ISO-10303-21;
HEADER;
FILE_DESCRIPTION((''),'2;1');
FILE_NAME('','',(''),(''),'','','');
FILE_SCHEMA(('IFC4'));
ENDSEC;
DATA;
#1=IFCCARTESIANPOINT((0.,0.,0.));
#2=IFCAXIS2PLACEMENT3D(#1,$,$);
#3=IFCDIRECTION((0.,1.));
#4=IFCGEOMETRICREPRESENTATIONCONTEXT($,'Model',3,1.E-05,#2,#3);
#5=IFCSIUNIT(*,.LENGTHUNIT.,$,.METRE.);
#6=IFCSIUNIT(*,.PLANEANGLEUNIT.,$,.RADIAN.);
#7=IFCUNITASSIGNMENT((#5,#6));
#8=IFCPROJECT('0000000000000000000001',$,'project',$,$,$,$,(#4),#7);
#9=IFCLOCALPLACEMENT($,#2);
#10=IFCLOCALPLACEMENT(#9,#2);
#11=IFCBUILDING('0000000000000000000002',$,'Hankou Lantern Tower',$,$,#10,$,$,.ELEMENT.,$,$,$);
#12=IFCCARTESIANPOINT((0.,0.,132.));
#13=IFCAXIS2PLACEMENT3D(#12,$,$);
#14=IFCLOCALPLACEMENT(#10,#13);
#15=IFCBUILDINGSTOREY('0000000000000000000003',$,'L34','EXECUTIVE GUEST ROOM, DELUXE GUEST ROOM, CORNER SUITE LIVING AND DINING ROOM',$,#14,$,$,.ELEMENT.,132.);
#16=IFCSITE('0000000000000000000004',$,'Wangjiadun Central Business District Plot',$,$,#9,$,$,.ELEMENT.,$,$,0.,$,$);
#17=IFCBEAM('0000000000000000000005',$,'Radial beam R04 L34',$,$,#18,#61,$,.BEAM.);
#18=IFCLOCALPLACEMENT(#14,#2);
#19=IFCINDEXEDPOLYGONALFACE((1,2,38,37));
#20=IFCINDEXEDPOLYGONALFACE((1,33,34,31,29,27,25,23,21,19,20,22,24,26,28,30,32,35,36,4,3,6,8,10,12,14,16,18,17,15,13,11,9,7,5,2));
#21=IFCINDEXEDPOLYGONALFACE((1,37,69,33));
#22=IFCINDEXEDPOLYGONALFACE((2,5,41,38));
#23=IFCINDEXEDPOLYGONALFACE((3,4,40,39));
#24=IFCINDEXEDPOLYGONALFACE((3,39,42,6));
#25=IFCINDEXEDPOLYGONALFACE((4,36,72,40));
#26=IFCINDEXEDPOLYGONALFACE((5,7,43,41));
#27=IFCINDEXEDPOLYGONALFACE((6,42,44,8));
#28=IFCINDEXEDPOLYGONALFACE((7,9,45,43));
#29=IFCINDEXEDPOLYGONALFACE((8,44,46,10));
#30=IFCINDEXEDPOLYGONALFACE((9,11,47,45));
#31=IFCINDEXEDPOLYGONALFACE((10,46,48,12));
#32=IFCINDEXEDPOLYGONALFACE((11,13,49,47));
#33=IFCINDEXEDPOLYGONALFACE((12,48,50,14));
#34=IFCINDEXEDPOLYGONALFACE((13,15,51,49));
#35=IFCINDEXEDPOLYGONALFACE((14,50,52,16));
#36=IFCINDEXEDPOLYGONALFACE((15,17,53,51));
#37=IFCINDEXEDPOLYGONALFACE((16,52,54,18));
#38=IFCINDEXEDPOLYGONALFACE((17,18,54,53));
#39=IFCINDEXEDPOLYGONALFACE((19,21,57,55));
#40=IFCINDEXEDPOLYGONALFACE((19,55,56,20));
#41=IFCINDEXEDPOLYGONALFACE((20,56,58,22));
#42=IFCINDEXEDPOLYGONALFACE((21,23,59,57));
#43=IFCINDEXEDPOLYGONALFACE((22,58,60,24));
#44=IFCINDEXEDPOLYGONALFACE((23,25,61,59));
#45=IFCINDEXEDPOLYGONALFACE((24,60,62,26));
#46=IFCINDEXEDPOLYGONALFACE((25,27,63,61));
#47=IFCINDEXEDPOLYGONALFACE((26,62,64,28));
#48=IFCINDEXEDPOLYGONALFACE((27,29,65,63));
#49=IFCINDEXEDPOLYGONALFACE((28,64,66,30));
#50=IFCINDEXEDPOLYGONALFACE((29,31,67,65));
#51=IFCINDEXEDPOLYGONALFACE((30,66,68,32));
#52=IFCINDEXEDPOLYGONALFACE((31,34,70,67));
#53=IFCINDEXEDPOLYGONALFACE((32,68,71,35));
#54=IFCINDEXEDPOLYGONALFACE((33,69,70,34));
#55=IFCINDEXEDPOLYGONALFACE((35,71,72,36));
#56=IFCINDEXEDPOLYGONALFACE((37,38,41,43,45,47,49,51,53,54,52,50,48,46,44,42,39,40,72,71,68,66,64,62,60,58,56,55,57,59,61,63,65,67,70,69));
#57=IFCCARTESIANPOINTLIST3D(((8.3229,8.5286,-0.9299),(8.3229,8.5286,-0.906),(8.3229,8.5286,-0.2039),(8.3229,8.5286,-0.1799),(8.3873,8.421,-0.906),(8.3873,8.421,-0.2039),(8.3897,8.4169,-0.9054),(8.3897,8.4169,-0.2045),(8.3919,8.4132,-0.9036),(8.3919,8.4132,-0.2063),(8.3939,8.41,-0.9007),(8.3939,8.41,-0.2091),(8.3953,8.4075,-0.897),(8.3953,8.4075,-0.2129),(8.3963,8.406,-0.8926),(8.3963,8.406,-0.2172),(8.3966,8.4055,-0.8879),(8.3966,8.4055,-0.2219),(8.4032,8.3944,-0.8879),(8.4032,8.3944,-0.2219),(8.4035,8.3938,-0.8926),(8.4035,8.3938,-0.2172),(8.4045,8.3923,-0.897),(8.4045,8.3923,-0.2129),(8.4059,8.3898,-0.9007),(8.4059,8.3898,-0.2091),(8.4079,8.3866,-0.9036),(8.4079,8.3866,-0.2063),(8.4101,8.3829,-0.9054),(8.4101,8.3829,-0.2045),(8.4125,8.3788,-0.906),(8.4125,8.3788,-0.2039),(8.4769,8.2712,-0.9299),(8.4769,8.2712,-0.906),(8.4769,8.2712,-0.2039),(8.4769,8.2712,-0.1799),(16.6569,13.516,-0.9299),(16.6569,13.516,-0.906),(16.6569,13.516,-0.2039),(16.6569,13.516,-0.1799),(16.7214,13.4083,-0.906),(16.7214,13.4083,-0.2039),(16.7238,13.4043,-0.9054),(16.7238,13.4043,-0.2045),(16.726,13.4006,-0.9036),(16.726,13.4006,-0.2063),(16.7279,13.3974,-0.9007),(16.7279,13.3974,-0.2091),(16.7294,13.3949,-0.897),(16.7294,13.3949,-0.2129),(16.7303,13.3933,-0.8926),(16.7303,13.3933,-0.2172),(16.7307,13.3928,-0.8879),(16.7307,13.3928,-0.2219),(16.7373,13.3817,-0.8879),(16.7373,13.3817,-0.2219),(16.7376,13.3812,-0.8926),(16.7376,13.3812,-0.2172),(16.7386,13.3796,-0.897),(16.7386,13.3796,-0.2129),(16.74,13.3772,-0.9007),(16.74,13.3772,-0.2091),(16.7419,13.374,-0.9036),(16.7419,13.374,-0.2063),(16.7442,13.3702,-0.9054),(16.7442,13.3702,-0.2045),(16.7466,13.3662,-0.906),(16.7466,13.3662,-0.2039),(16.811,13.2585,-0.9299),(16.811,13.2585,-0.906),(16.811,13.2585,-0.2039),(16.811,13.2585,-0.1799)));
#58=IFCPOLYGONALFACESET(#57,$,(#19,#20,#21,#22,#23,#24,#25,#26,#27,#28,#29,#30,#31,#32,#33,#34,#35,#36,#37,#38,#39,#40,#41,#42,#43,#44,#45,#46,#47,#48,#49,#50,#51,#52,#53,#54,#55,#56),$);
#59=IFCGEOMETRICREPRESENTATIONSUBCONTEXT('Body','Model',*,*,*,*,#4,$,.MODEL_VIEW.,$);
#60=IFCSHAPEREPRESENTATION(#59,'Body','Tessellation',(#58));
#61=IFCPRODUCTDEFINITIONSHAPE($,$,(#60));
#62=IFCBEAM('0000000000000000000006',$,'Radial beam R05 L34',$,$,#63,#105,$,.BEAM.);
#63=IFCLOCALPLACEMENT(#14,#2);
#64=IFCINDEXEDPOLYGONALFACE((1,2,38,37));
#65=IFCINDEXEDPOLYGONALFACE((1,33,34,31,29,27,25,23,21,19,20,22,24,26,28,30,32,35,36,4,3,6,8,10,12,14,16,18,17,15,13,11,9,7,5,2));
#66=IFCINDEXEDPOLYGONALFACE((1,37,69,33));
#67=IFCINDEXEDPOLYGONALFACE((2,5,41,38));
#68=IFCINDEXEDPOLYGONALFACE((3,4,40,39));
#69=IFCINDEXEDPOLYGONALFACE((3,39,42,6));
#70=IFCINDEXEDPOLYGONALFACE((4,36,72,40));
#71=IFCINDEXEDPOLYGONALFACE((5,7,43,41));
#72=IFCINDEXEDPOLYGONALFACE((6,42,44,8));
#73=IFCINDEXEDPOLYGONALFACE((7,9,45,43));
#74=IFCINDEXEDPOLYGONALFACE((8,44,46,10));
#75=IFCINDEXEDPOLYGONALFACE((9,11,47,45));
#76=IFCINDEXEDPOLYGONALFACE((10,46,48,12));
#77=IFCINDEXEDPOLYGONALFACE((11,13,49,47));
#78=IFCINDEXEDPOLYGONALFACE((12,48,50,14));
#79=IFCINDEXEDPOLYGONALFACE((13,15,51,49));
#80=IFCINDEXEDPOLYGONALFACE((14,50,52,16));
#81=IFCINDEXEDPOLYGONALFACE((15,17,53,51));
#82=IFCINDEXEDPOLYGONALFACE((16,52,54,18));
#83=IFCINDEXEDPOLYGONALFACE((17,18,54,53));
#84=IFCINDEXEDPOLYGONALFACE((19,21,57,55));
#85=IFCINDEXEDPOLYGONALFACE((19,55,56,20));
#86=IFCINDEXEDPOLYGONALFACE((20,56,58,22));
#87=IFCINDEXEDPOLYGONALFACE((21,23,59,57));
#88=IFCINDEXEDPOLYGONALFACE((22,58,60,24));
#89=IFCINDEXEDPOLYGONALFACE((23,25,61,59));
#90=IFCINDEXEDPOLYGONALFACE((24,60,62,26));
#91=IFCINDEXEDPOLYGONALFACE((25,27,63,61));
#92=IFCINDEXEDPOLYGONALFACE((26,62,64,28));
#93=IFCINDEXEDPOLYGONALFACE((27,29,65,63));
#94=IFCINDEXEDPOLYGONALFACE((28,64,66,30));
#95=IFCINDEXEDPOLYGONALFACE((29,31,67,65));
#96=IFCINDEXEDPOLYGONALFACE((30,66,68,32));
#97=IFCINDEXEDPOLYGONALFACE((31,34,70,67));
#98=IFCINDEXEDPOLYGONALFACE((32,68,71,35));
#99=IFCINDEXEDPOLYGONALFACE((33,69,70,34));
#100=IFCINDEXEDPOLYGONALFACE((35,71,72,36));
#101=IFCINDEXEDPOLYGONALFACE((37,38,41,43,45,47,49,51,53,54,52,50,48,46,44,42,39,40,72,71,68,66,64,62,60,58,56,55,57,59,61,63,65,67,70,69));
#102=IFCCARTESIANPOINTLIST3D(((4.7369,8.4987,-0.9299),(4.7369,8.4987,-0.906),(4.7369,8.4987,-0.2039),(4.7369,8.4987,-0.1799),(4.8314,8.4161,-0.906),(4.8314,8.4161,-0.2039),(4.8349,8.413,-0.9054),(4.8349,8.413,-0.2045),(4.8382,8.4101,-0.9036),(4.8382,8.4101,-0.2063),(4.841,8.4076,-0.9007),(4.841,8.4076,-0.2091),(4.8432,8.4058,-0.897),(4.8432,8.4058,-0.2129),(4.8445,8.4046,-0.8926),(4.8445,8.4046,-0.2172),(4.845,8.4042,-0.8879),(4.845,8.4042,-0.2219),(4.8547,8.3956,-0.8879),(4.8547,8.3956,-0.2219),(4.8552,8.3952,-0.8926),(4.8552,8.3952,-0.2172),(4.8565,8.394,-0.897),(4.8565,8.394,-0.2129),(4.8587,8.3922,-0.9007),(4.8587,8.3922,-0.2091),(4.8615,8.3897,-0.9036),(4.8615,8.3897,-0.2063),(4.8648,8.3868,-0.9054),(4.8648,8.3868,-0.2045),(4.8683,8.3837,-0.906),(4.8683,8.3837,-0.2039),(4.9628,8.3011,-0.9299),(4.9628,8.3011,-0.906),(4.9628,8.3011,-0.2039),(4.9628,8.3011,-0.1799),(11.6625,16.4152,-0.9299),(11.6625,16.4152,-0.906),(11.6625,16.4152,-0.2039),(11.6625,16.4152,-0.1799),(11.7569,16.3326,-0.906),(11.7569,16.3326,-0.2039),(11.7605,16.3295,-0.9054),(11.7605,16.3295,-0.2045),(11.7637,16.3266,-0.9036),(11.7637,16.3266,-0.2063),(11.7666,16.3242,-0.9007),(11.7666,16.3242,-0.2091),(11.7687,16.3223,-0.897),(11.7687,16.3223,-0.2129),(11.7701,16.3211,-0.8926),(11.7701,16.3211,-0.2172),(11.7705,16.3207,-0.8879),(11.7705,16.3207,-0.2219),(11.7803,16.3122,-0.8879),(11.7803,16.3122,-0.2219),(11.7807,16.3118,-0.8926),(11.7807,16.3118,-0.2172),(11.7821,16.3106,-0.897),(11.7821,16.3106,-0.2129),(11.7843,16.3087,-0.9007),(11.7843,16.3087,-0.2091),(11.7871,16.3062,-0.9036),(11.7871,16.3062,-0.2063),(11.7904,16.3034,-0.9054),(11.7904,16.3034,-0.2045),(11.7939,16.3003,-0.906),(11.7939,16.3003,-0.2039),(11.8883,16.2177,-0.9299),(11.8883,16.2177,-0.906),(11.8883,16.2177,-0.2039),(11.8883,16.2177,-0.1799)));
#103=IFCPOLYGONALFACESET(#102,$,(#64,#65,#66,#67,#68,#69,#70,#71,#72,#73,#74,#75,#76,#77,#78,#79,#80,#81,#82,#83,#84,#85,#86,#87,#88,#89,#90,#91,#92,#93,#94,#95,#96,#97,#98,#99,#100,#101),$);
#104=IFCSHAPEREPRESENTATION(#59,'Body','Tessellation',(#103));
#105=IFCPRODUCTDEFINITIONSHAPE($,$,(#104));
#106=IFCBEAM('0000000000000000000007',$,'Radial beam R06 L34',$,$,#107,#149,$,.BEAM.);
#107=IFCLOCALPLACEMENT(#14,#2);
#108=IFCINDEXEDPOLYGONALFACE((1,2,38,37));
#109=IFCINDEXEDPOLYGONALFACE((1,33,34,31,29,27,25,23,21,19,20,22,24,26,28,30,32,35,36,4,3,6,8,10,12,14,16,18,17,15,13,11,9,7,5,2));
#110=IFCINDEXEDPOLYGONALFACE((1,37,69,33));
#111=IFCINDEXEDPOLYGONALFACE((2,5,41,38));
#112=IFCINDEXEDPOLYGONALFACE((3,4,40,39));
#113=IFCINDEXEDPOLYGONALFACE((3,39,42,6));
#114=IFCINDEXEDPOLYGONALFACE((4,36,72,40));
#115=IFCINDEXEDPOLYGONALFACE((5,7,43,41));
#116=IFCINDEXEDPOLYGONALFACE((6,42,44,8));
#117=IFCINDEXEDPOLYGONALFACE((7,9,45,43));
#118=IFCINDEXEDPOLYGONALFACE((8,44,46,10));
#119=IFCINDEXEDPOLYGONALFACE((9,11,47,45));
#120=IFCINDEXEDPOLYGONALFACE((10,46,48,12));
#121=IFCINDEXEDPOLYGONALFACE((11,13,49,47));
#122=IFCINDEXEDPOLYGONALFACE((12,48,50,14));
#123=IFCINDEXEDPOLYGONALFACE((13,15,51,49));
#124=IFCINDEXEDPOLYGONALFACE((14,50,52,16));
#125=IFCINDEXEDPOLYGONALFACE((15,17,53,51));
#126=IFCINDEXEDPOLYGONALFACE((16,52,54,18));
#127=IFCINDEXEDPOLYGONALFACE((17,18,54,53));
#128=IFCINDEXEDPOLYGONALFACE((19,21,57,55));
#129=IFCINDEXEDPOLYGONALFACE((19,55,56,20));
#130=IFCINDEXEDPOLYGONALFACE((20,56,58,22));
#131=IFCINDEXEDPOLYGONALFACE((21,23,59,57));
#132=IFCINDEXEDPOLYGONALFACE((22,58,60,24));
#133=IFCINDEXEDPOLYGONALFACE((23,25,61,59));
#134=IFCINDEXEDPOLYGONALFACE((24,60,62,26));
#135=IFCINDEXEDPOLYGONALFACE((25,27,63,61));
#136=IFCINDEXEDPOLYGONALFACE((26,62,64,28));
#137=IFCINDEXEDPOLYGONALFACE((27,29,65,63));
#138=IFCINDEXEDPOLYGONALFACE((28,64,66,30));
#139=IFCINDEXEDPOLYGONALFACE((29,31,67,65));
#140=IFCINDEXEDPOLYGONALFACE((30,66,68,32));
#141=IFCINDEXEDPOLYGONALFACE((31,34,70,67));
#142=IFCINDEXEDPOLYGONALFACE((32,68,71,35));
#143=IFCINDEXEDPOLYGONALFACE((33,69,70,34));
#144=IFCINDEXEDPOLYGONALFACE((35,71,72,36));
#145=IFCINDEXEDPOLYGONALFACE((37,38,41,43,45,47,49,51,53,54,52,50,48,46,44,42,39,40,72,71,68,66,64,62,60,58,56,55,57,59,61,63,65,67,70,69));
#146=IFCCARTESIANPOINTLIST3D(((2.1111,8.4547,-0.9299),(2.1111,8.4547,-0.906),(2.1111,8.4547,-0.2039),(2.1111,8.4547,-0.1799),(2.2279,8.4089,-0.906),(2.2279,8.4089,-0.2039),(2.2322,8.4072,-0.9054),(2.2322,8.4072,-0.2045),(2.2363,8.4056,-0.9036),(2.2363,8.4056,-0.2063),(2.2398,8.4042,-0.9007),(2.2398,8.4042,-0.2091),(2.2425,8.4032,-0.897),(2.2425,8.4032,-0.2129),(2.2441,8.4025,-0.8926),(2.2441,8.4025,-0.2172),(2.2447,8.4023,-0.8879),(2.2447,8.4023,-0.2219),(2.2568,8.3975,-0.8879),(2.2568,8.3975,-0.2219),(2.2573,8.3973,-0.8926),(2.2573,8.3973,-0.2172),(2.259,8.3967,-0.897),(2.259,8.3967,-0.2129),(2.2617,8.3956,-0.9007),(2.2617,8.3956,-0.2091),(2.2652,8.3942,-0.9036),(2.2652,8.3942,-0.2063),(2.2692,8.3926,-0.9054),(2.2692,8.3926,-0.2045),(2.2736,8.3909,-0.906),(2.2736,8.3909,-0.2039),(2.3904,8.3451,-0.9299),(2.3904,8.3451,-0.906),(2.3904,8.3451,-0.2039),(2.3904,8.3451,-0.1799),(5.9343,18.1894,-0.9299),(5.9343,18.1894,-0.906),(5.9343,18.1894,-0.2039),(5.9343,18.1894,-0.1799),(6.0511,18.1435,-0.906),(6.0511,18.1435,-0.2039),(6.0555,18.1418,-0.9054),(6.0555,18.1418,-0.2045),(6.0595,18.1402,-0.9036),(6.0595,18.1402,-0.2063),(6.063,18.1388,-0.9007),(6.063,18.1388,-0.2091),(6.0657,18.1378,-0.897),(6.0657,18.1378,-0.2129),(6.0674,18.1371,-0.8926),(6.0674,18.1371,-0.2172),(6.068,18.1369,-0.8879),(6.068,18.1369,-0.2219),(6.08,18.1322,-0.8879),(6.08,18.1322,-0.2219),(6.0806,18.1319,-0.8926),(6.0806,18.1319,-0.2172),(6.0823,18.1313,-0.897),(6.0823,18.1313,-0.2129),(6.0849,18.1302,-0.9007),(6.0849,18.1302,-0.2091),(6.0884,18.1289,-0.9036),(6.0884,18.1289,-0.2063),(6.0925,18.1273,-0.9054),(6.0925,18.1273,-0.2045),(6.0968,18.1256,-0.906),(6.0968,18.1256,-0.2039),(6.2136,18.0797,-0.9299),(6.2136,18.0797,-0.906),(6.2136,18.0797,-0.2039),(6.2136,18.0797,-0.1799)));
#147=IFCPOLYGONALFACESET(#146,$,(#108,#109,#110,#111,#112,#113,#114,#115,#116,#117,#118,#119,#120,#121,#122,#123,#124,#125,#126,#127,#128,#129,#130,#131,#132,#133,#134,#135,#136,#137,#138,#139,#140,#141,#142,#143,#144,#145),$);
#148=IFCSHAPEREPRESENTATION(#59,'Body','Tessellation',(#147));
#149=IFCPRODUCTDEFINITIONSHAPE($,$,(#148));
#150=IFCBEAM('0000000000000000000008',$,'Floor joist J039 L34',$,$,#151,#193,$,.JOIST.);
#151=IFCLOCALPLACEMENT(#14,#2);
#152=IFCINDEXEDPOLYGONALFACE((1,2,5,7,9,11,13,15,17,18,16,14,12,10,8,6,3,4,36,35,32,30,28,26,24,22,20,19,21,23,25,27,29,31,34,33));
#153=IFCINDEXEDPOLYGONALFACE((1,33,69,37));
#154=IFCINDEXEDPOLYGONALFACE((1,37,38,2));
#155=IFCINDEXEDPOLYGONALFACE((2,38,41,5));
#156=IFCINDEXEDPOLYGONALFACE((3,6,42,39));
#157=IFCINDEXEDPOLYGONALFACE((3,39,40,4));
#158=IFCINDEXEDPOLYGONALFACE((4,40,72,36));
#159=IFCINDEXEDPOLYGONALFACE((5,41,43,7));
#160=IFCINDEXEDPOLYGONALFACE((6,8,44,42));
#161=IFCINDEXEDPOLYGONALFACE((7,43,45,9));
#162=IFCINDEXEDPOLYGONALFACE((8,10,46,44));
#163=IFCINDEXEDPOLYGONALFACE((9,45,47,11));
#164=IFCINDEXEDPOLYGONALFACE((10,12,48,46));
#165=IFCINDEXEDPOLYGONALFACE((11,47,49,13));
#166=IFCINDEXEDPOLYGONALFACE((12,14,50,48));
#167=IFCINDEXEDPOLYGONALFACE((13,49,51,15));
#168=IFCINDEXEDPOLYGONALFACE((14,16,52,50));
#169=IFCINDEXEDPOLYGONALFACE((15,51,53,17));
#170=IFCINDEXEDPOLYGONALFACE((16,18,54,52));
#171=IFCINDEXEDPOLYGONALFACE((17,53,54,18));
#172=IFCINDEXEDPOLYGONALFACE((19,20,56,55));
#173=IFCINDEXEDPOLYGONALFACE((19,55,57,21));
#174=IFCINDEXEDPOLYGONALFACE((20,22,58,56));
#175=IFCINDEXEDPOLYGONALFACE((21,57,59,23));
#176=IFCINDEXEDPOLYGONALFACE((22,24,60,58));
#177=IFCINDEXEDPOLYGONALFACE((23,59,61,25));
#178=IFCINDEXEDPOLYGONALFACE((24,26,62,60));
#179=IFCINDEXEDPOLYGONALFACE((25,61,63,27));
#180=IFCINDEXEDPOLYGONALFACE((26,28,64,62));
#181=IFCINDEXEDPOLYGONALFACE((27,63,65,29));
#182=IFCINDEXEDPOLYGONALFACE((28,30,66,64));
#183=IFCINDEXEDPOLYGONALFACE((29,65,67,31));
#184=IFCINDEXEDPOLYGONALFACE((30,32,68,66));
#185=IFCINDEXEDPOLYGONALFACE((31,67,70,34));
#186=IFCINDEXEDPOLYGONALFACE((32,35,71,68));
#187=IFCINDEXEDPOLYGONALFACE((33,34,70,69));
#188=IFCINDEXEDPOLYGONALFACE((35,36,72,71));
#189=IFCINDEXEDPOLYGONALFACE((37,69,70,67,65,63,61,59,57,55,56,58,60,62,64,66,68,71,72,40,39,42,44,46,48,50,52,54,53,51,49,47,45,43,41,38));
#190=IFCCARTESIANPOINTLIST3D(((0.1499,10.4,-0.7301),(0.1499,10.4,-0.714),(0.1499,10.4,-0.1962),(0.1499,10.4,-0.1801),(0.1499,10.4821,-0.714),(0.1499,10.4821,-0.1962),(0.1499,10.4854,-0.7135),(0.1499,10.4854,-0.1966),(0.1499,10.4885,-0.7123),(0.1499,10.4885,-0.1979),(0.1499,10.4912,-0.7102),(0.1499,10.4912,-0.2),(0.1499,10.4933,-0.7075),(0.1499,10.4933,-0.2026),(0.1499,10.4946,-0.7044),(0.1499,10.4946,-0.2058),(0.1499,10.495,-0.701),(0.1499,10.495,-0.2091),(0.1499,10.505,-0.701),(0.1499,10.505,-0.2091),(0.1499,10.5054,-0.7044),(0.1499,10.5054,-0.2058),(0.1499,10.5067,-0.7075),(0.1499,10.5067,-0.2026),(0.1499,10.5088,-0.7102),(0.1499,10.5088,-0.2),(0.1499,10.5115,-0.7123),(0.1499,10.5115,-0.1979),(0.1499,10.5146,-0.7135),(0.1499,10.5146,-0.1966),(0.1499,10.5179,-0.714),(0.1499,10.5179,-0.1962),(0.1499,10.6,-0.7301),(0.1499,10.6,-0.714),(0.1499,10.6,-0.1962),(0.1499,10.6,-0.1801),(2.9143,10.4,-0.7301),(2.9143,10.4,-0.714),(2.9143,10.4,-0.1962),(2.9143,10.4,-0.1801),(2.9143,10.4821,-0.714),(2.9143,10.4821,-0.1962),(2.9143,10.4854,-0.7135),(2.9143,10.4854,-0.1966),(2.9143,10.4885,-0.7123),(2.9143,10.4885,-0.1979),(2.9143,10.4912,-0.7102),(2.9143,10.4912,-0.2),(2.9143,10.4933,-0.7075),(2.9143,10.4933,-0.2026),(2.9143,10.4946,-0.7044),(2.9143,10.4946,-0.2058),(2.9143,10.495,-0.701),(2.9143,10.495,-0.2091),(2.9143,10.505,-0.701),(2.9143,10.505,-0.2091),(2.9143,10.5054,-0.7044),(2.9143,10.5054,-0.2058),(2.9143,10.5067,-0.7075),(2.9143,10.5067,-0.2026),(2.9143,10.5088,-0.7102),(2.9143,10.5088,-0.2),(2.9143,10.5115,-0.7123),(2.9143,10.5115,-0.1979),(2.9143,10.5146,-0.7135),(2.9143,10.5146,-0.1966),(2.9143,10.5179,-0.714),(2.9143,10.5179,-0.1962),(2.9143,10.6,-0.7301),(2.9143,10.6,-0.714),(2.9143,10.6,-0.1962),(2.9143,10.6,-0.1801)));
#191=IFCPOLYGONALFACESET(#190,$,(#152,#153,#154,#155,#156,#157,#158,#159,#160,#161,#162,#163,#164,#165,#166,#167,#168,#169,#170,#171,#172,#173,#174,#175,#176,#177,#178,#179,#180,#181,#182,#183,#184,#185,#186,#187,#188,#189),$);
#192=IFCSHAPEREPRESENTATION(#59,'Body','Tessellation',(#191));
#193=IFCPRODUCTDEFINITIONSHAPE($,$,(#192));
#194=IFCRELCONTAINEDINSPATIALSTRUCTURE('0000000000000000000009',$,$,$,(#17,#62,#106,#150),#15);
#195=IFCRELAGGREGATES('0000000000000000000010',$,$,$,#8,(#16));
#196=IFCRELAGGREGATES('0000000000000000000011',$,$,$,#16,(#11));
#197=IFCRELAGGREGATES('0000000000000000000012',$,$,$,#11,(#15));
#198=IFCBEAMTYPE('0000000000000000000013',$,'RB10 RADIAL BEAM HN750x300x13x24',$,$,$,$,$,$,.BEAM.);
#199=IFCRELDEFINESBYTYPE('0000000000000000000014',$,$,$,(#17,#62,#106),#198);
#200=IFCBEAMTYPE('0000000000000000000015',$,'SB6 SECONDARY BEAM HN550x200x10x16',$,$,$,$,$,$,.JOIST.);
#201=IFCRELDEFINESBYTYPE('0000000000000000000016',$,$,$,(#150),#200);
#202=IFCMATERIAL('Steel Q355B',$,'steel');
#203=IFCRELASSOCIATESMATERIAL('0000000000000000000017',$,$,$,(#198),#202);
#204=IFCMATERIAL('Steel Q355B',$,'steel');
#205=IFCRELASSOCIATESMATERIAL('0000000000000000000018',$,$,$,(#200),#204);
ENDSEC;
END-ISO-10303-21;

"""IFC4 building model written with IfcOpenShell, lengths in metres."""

from ifc_helpers import new_model, si_unit, direction, frame, origin, origin_2d, place, context, subcontext, project, spatial, i_section, extrude, material, material_profile, profile_set, type_object, element, save


model = new_model("IFC4")

# Units and contexts
model_context = context("Model", 3, precision=1e-05, world=origin(), true_north=direction((0.0, 1.0)))
body_context = subcontext(model_context, "Body", "Model", "MODEL_VIEW")
ifc_project = project(units=[si_unit("LENGTHUNIT", "METRE"), si_unit("PLANEANGLEUNIT", "RADIAN")], contexts=[model_context])

# Site, building, storey
site_placement = place(None, origin())
site = spatial("IfcSite", under=ifc_project, at=site_placement, Name="Wangjiadun Central Business District Plot", CompositionType="ELEMENT", RefElevation=0.0)
building_placement = place(site_placement, origin())
building = spatial("IfcBuilding", under=site, at=building_placement, Name="Hankou Lantern Tower", CompositionType="ELEMENT")
storey_placement = place(building_placement, frame((0.0, 0.0, 132.0)))
storey = spatial("IfcBuildingStorey", under=building, at=storey_placement, Name="L34", Description="EXECUTIVE GUEST ROOM, DELUXE GUEST ROOM, CORNER SUITE LIVING AND DINING ROOM", CompositionType="ELEMENT", Elevation=132.0)

# Beams
ifc_material_1 = material(Name="Steel Q355B", Category="steel")
ifc_material_profile_1 = material_profile(ifc_material_1, i_section(OverallWidth=0.3, OverallDepth=0.75, WebThickness=0.0129, FlangeThickness=0.0239, FilletRadius=0.0181, at=origin_2d()), Name="HN750x300x13x24")
ifc_profile_set_1 = profile_set([ifc_material_profile_1], Name="Steel Q355B")
beam_type_1 = type_object("IfcBeamType", Name="RB10 RADIAL BEAM HN750x300x13x24", PredefinedType="BEAM", material=ifc_profile_set_1)
beam_1_placement = place(storey_placement, frame((8.3999, 8.3999, -0.5549), z_axis=(0.858087, 0.513505, 0.0), x_axis=(-0.513505, 0.858087, 0.0)))
element("IfcBeam", 1, at=beam_1_placement, inside=storey, type_object=beam_type_1, Name="Radial beam R04 L34", PredefinedType="BEAM", context=body_context, shape_type="SweptSolid", body=[
    extrude(i_section(OverallWidth=0.3, OverallDepth=0.75, WebThickness=0.0129, FlangeThickness=0.0239, FilletRadius=0.0181, at=origin_2d()), origin(), (0.0, 0.0, 1.0), 9.7124),
])
beam_2_placement = place(storey_placement, frame((4.8499, 8.3999, -0.5549), z_axis=(0.658429, 0.752643, 0.0), x_axis=(-0.752643, 0.658429, 0.0)))
element("IfcBeam", 2, at=beam_2_placement, inside=storey, type_object=beam_type_1, Name="Radial beam R05 L34", PredefinedType="BEAM", context=body_context, shape_type="SweptSolid", body=[
    extrude(i_section(OverallWidth=0.3, OverallDepth=0.75, WebThickness=0.0129, FlangeThickness=0.0239, FilletRadius=0.0181, at=origin_2d()), origin(), (0.0, 0.0, 1.0), 10.5183),
])
beam_3_placement = place(storey_placement, frame((2.2507, 8.3999, -0.5549), z_axis=(0.365564, 0.930786, 0.0), x_axis=(-0.930786, 0.365564, 0.0)))
element("IfcBeam", 3, at=beam_3_placement, inside=storey, type_object=beam_type_1, Name="Radial beam R06 L34", PredefinedType="BEAM", context=body_context, shape_type="SweptSolid", body=[
    extrude(i_section(OverallWidth=0.3, OverallDepth=0.75, WebThickness=0.0129, FlangeThickness=0.0239, FilletRadius=0.0181, at=origin_2d()), origin(), (0.0, 0.0, 1.0), 10.4585),
])
ifc_material_2 = material(Name="Steel Q355B", Category="steel")
ifc_material_profile_2 = material_profile(ifc_material_2, i_section(OverallWidth=0.2, OverallDepth=0.55, WebThickness=0.01, FlangeThickness=0.0161, FilletRadius=0.0129, at=origin_2d()), Name="HN550x200x10x16")
ifc_profile_set_2 = profile_set([ifc_material_profile_2], Name="Steel Q355B")
beam_type_2 = type_object("IfcBeamType", Name="SB6 SECONDARY BEAM HN550x200x10x16", PredefinedType="JOIST", material=ifc_profile_set_2)
beam_4_placement = place(storey_placement, frame((0.1499, 10.5, -0.4551), z_axis=(1.0, 0.0, 0.0), x_axis=(0.0, 1.0, 0.0)))
element("IfcBeam", 4, at=beam_4_placement, inside=storey, type_object=beam_type_2, Name="Floor joist J039 L34", PredefinedType="JOIST", context=body_context, shape_type="SweptSolid", body=[
    extrude(i_section(OverallWidth=0.2, OverallDepth=0.55, WebThickness=0.01, FlangeThickness=0.0161, FilletRadius=0.0129, at=origin_2d()), origin(), (0.0, 0.0, 1.0), 2.7644),
])

save(model, "model.ifc")
